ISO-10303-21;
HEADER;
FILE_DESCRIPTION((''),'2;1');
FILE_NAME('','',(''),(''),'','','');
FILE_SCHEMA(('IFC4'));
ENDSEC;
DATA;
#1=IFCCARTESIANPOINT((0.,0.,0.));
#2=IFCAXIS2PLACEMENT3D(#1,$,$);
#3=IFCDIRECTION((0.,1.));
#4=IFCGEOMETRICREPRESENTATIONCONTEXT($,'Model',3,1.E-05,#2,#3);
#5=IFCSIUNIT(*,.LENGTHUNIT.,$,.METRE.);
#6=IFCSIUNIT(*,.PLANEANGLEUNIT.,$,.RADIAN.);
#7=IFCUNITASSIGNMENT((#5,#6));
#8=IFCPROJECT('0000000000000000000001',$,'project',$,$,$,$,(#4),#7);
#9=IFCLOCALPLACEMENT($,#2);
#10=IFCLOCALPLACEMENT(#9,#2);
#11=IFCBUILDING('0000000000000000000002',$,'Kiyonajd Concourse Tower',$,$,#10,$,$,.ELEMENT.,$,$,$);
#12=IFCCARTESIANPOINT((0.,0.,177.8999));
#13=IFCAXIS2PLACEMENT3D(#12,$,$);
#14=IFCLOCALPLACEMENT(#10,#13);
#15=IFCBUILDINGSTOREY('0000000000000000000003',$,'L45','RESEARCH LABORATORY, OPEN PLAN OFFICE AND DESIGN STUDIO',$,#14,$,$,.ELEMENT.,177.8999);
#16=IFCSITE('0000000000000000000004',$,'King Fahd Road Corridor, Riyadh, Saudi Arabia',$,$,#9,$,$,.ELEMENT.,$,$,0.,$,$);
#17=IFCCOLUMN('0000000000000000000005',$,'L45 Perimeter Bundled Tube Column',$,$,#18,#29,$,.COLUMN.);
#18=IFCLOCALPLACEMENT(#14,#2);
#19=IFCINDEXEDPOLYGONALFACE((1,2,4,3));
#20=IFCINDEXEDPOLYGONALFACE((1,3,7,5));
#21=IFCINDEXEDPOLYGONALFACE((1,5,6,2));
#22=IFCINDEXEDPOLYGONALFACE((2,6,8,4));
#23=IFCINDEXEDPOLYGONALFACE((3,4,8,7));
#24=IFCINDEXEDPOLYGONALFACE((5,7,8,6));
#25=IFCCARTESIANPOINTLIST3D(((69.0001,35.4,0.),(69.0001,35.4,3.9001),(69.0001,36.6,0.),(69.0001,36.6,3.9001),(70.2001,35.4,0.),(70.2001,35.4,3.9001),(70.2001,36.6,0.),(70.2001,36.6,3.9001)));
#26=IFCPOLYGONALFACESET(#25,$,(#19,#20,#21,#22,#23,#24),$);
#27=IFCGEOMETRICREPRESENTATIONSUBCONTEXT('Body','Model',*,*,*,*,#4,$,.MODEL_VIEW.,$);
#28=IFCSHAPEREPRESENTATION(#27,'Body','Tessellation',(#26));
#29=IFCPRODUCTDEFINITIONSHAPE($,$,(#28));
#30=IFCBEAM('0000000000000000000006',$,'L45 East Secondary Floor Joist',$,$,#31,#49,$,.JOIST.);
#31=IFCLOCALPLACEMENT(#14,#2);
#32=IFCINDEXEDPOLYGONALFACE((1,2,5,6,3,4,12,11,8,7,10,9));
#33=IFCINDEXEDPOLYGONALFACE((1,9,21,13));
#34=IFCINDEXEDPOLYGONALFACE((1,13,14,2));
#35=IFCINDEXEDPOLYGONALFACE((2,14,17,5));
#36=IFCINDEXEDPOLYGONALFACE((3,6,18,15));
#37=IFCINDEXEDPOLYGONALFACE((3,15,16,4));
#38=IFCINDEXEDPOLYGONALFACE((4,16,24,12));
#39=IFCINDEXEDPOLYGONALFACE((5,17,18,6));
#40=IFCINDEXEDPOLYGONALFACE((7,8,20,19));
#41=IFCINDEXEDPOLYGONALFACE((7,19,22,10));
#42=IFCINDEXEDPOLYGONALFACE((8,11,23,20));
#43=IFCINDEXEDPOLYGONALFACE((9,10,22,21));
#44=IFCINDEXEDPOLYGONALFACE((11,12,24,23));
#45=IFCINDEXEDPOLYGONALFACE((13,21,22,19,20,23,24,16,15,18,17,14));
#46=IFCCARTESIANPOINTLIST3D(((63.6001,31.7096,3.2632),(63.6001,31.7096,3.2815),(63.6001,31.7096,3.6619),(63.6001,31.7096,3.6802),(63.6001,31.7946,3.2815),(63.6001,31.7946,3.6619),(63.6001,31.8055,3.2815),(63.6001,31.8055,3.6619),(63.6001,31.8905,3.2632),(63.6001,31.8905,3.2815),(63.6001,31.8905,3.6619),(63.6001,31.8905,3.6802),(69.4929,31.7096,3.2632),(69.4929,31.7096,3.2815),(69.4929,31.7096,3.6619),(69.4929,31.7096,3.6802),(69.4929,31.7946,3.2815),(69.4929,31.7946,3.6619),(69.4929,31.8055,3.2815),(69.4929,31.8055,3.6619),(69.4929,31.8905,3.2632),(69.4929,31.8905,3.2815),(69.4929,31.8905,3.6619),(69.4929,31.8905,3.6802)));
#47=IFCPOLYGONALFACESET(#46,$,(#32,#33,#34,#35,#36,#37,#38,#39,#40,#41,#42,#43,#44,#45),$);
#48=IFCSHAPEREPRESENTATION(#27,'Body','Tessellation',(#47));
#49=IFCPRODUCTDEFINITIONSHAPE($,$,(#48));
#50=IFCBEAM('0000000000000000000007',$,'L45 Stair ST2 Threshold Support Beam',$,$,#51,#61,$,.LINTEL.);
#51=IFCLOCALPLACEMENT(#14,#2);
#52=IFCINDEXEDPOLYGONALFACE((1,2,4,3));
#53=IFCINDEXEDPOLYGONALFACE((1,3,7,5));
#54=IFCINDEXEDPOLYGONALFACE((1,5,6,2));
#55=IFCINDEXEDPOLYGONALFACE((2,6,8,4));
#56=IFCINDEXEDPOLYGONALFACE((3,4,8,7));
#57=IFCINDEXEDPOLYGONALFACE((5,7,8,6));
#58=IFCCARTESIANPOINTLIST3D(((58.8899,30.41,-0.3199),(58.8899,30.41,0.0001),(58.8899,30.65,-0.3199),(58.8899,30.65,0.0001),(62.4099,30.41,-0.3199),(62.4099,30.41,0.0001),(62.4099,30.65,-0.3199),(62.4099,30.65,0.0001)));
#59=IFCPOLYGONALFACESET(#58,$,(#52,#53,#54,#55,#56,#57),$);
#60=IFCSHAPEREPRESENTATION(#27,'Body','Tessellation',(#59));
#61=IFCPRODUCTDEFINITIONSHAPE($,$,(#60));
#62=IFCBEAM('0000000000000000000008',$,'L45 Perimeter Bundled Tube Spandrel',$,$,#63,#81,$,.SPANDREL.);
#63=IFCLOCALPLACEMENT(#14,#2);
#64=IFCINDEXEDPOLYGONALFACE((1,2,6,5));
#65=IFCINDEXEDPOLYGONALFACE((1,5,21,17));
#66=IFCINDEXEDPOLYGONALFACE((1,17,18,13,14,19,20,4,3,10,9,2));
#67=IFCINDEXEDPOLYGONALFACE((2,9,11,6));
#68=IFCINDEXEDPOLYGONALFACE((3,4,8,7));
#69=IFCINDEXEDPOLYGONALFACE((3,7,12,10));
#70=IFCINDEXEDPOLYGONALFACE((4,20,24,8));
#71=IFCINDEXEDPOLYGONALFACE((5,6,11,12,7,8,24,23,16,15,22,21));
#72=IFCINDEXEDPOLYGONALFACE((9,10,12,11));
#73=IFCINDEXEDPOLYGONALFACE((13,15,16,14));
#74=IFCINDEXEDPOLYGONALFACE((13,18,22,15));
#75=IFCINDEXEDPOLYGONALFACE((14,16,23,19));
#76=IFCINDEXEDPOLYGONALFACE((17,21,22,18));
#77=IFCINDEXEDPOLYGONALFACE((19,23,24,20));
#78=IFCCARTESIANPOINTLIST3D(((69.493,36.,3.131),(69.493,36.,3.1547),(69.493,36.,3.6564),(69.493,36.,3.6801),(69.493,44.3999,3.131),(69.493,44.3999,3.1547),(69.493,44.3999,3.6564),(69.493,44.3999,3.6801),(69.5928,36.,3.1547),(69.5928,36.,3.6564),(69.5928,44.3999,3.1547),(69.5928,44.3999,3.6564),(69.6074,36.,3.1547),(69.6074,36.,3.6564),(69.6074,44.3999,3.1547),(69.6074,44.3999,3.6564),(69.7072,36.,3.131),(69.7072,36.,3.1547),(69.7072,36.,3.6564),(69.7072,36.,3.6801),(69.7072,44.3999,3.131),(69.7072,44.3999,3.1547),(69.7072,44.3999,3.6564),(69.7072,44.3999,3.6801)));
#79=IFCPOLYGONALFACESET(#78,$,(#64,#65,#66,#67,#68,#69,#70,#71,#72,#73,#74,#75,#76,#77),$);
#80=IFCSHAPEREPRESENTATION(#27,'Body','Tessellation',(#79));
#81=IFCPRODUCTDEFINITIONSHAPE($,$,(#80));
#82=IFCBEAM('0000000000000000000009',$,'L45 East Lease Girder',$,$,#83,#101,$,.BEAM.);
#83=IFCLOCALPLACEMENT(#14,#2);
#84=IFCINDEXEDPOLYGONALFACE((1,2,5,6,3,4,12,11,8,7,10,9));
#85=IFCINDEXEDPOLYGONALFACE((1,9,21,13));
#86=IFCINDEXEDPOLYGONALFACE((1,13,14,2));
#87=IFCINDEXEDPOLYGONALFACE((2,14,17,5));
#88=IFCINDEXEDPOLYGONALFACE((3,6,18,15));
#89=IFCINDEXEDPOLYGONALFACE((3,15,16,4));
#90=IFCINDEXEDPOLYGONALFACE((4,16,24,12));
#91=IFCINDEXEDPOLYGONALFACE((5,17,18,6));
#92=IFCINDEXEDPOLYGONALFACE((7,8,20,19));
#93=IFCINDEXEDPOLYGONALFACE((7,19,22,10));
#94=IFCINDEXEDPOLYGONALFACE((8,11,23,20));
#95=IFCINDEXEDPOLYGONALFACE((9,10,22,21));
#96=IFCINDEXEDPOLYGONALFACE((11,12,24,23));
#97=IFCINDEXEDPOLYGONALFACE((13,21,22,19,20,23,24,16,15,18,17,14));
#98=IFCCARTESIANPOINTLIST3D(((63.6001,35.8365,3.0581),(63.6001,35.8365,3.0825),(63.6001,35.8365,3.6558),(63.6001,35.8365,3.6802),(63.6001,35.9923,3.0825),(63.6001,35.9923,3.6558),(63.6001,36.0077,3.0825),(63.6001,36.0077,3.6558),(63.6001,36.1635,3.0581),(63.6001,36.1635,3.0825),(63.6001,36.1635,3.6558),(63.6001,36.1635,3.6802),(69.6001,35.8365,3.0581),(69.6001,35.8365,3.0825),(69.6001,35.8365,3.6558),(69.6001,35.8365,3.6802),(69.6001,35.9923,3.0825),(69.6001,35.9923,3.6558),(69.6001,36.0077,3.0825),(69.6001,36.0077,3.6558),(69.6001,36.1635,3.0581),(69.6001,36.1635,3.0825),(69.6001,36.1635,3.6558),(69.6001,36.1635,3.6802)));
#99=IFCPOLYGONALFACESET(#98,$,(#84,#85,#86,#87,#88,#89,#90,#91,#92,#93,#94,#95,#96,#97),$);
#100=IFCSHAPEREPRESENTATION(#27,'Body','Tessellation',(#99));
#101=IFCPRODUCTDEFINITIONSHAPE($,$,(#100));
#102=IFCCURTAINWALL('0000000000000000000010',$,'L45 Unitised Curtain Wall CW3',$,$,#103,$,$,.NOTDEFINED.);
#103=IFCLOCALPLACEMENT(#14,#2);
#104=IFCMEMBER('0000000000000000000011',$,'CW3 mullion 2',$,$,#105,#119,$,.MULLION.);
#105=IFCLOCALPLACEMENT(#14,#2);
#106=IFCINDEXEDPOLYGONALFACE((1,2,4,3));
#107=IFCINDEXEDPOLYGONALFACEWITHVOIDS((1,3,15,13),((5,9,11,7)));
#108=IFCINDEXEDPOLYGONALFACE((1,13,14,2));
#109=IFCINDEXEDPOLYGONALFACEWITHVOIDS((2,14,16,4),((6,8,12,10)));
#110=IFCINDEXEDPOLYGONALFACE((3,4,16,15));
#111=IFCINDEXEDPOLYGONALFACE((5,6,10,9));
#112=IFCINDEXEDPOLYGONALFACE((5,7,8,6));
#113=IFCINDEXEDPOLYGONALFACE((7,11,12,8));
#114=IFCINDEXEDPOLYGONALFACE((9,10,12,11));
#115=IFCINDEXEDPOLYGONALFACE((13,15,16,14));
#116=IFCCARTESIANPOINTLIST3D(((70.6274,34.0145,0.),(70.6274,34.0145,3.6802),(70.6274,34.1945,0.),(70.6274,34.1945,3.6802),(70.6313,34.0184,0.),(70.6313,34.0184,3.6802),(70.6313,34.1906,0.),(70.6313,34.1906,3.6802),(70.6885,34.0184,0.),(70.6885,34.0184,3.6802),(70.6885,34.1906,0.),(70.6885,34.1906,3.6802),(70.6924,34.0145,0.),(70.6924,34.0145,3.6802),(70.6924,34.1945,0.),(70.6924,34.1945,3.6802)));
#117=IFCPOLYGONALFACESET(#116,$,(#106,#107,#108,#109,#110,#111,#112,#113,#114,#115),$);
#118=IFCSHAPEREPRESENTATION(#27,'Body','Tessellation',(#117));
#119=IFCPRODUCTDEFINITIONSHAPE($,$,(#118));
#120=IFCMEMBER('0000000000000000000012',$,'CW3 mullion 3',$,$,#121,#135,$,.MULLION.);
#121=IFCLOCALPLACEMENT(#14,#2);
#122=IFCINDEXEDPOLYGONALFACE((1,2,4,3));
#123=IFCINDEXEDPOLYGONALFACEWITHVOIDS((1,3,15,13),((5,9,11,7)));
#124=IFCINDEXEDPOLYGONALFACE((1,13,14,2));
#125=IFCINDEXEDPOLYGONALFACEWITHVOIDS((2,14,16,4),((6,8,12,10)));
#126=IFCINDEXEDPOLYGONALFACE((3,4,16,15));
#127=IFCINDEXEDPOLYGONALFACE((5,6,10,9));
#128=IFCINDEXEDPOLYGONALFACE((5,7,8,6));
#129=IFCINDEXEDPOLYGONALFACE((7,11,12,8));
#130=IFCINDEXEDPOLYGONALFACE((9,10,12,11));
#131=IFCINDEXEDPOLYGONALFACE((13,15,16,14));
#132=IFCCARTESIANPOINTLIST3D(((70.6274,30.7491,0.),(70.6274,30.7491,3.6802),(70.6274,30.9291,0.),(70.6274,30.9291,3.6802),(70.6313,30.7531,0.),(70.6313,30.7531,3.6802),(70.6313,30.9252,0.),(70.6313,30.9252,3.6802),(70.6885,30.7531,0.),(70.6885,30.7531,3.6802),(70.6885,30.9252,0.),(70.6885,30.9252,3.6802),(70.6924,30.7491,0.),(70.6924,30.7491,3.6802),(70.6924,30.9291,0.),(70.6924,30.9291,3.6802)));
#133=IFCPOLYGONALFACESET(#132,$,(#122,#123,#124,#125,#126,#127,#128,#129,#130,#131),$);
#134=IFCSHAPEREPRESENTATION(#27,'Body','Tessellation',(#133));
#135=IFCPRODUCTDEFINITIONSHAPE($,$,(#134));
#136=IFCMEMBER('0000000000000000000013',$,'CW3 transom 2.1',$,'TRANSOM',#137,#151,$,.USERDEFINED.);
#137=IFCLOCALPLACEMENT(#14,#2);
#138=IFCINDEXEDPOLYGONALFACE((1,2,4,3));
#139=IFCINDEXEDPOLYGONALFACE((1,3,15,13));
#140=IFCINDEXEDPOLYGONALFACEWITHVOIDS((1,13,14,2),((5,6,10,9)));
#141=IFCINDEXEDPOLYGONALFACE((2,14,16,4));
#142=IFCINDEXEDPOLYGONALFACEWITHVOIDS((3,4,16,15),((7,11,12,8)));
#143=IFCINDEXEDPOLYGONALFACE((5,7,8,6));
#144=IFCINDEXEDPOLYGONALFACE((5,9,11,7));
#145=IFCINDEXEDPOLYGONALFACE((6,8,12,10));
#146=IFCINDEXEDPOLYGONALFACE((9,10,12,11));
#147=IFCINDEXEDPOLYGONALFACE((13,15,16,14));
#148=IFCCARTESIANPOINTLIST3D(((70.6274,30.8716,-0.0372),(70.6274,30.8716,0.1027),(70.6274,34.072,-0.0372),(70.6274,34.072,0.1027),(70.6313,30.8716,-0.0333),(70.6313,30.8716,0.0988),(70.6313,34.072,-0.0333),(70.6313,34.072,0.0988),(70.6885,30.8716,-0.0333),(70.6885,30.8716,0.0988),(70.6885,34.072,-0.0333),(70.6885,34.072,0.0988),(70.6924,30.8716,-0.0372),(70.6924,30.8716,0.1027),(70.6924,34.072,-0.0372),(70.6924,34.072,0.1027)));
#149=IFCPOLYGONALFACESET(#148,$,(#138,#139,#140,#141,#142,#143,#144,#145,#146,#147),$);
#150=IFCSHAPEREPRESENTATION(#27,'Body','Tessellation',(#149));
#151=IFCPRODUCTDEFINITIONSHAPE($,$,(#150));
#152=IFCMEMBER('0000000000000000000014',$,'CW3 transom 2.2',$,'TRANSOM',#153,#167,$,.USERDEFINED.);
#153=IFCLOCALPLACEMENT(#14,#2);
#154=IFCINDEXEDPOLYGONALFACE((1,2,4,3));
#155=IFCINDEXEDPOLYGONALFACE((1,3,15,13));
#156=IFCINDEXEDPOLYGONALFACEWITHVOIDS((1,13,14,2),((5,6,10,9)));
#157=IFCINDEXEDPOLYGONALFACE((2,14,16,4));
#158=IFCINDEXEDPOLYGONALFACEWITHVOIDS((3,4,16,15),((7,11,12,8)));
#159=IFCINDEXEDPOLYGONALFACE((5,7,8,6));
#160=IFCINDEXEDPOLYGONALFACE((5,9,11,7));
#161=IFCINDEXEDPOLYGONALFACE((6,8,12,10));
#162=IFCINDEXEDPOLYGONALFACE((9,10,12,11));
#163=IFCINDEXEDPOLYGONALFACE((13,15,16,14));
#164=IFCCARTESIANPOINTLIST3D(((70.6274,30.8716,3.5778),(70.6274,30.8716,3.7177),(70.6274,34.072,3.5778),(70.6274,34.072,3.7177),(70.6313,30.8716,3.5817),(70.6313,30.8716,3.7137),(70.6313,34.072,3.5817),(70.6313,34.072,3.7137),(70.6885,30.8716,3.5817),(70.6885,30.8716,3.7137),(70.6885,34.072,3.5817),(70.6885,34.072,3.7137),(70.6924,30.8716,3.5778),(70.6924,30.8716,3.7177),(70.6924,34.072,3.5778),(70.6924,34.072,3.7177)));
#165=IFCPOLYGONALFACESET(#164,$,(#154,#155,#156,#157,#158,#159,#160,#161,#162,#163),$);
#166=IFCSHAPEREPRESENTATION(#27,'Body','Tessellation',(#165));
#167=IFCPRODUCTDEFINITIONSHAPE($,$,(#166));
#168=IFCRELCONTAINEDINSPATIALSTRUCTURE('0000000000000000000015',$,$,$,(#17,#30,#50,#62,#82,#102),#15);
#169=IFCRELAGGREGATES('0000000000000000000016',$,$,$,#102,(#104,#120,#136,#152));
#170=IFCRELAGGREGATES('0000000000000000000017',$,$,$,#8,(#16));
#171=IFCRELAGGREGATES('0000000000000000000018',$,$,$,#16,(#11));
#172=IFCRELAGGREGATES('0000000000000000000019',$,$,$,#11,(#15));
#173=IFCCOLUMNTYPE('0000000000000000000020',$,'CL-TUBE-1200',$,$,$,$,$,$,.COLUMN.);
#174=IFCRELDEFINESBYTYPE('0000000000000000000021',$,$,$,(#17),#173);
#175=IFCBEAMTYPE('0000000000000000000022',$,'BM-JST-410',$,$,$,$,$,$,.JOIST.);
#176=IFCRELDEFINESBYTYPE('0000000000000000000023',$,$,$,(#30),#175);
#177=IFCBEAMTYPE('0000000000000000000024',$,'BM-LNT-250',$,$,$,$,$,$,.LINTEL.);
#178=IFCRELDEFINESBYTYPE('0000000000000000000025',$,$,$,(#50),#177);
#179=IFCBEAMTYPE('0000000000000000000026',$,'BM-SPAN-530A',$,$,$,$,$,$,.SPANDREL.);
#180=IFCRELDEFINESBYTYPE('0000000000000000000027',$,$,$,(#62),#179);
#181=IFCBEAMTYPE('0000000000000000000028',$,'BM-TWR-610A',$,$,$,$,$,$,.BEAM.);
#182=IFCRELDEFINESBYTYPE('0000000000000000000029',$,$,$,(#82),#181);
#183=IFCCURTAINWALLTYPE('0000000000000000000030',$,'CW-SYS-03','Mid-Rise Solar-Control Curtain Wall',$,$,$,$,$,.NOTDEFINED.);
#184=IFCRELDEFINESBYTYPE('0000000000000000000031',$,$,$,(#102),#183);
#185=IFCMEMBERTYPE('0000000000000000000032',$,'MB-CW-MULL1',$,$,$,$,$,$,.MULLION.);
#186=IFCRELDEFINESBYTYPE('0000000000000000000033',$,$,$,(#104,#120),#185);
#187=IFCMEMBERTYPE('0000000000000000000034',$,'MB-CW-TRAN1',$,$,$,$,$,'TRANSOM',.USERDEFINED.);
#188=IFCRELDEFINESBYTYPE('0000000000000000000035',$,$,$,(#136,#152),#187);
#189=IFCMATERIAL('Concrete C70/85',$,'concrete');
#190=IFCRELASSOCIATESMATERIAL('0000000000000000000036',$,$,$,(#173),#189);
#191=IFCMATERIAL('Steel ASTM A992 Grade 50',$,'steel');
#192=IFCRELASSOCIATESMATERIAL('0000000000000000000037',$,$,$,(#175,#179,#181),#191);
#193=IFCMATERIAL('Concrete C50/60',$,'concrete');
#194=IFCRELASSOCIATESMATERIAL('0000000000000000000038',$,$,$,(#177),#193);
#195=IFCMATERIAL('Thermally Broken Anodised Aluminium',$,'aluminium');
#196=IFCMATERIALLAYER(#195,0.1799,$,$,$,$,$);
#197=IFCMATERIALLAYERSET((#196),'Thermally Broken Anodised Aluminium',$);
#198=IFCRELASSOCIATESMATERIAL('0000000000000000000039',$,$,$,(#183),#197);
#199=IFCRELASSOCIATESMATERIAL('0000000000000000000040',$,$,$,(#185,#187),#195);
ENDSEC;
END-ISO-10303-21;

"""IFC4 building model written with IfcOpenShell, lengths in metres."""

from ifc_helpers import new_model, si_unit, direction, frame, origin, origin_2d, place, context, subcontext, project, spatial, rectangle, hollow_rectangle, i_section, extrude, material, layer, layer_set, material_profile, profile_set, type_object, element, aggregate, save


model = new_model("IFC4")

# Units and contexts
model_context = context("Model", 3, precision=1e-05, world=origin(), true_north=direction((0.0, 1.0)))
body_context = subcontext(model_context, "Body", "Model", "MODEL_VIEW")
ifc_project = project(units=[si_unit("LENGTHUNIT", "METRE"), si_unit("PLANEANGLEUNIT", "RADIAN")], contexts=[model_context])

# Site, building, storey
site_placement = place(None, origin())
site = spatial("IfcSite", under=ifc_project, at=site_placement, Name="King Fahd Road Corridor, Riyadh, Saudi Arabia", CompositionType="ELEMENT", RefElevation=0.0)
building_placement = place(site_placement, origin())
building = spatial("IfcBuilding", under=site, at=building_placement, Name="Kiyonajd Concourse Tower", CompositionType="ELEMENT")
storey_placement = place(building_placement, frame((0.0, 0.0, 177.8999)))
storey = spatial("IfcBuildingStorey", under=building, at=storey_placement, Name="L45", Description="RESEARCH LABORATORY, OPEN PLAN OFFICE AND DESIGN STUDIO", CompositionType="ELEMENT", Elevation=177.8999)

# Column
ifc_material_1 = material(Name="Concrete C70/85", Category="concrete")
ifc_material_profile_1 = material_profile(ifc_material_1, rectangle(XDim=1.2, YDim=1.2, at=origin_2d()), Name="RC-1200x1200")
ifc_profile_set_1 = profile_set([ifc_material_profile_1], Name="Concrete C70/85")
column_type = type_object("IfcColumnType", Name="CL-TUBE-1200", PredefinedType="COLUMN", material=ifc_profile_set_1)
column_placement = place(storey_placement, frame((69.6001, 36.0, 0.0), z_axis=(0.0, 0.0, 1.0), x_axis=(1.0, 0.0, 0.0)))
element("IfcColumn", 1, at=column_placement, inside=storey, type_object=column_type, Name="L45 Perimeter Bundled Tube Column", PredefinedType="COLUMN", context=body_context, shape_type="SweptSolid", body=[
    extrude(rectangle(XDim=1.2, YDim=1.2, at=origin_2d()), origin(), (0.0, 0.0, 1.0), 3.9001),
])

# Beams
ifc_material_2 = material(Name="Steel ASTM A992 Grade 50", Category="steel")
ifc_material_profile_2 = material_profile(ifc_material_2, i_section(OverallWidth=0.1809, OverallDepth=0.417, WebThickness=0.011, FlangeThickness=0.0183, at=origin_2d()), Name="W410X85")
ifc_profile_set_2 = profile_set([ifc_material_profile_2], Name="Steel ASTM A992 Grade 50")
beam_type_1 = type_object("IfcBeamType", Name="BM-JST-410", PredefinedType="JOIST", material=ifc_profile_set_2)
beam_1_placement = place(storey_placement, frame((63.6001, 31.8, 3.4717), z_axis=(1.0, 0.0, 0.0), x_axis=(0.0, 1.0, 0.0)))
element("IfcBeam", 2, at=beam_1_placement, inside=storey, type_object=beam_type_1, Name="L45 East Secondary Floor Joist", PredefinedType="JOIST", context=body_context, shape_type="SweptSolid", body=[
    extrude(i_section(OverallWidth=0.1809, OverallDepth=0.417, WebThickness=0.011, FlangeThickness=0.0183, at=origin_2d()), origin(), (0.0, 0.0, 1.0), 5.8928),
])
ifc_material_3 = material(Name="Concrete C50/60", Category="concrete")
ifc_material_profile_3 = material_profile(ifc_material_3, rectangle(XDim=0.24, YDim=0.3201, at=origin_2d()), Name="RCBM-240x320")
ifc_profile_set_3 = profile_set([ifc_material_profile_3], Name="Concrete C50/60")
beam_type_2 = type_object("IfcBeamType", Name="BM-LNT-250", PredefinedType="LINTEL", material=ifc_profile_set_3)
beam_2_placement = place(storey_placement, frame((58.8899, 30.53, -0.1599), z_axis=(1.0, 0.0, 0.0), x_axis=(0.0, 1.0, 0.0)))
element("IfcBeam", 3, at=beam_2_placement, inside=storey, type_object=beam_type_2, Name="L45 Stair ST2 Threshold Support Beam", PredefinedType="LINTEL", context=body_context, shape_type="SweptSolid", body=[
    extrude(rectangle(XDim=0.24, YDim=0.3201, at=origin_2d()), origin(), (0.0, 0.0, 1.0), 3.52),
])
ifc_material_profile_4 = material_profile(ifc_material_2, i_section(OverallWidth=0.2141, OverallDepth=0.5491, WebThickness=0.0146, FlangeThickness=0.0237, at=origin_2d()), Name="W530X138")
ifc_profile_set_4 = profile_set([ifc_material_profile_4], Name="Steel ASTM A992 Grade 50")
beam_type_3 = type_object("IfcBeamType", Name="BM-SPAN-530A", PredefinedType="SPANDREL", material=ifc_profile_set_4)
beam_3_placement = place(storey_placement, frame((69.6001, 36.0, 3.4055), z_axis=(0.0, 1.0, 0.0), x_axis=(-1.0, 0.0, 0.0)))
element("IfcBeam", 4, at=beam_3_placement, inside=storey, type_object=beam_type_3, Name="L45 Perimeter Bundled Tube Spandrel", PredefinedType="SPANDREL", context=body_context, shape_type="SweptSolid", body=[
    extrude(i_section(OverallWidth=0.2141, OverallDepth=0.5491, WebThickness=0.0146, FlangeThickness=0.0237, at=origin_2d()), origin(), (0.0, 0.0, 1.0), 8.3999),
])
ifc_material_profile_5 = material_profile(ifc_material_2, i_section(OverallWidth=0.3269, OverallDepth=0.6221, WebThickness=0.0154, FlangeThickness=0.0244, at=origin_2d()), Name="W610X195")
ifc_profile_set_5 = profile_set([ifc_material_profile_5], Name="Steel ASTM A992 Grade 50")
beam_type_4 = type_object("IfcBeamType", Name="BM-TWR-610A", PredefinedType="BEAM", material=ifc_profile_set_5)
beam_4_placement = place(storey_placement, frame((63.6001, 36.0, 3.3691), z_axis=(1.0, 0.0, 0.0), x_axis=(0.0, 1.0, 0.0)))
element("IfcBeam", 5, at=beam_4_placement, inside=storey, type_object=beam_type_4, Name="L45 East Lease Girder", PredefinedType="BEAM", context=body_context, shape_type="SweptSolid", body=[
    extrude(i_section(OverallWidth=0.3269, OverallDepth=0.6221, WebThickness=0.0154, FlangeThickness=0.0244, at=origin_2d()), origin(), (0.0, 0.0, 1.0), 6.0),
])

# Curtain wall, members
ifc_material_4 = material(Name="Thermally Broken Anodised Aluminium", Category="aluminium")
ifc_layer_1 = layer(ifc_material_4, 0.1799)
ifc_layer_set_1 = layer_set([ifc_layer_1], Name="Thermally Broken Anodised Aluminium")
curtain_wall_type = type_object("IfcCurtainWallType", Name="CW-SYS-03", Description="Mid-Rise Solar-Control Curtain Wall", PredefinedType="NOTDEFINED", material=ifc_layer_set_1)
curtain_wall_placement = place(storey_placement, origin())
curtain_wall = element("IfcCurtainWall", 6, at=curtain_wall_placement, inside=storey, type_object=curtain_wall_type, Name="L45 Unitised Curtain Wall CW3", PredefinedType="NOTDEFINED")
ifc_material_profile_6 = material_profile(ifc_material_4, hollow_rectangle(XDim=0.0649, YDim=0.1799, WallThickness=0.0039, at=origin_2d()), Name="MULL-65x180")
ifc_profile_set_6 = profile_set([ifc_material_profile_6], Name="Thermally Broken Anodised Aluminium")
member_type_1 = type_object("IfcMemberType", Name="MB-CW-MULL1", PredefinedType="MULLION", material=ifc_profile_set_6)
member_1_placement = place(storey_placement, frame((70.6599, 34.1045, 0.0), z_axis=(0.0, 0.0, 1.0), x_axis=(1.0, 0.0, 0.0)))
member_1 = element("IfcMember", 7, at=member_1_placement, type_object=member_type_1, Name="CW3 mullion 2", PredefinedType="MULLION", context=body_context, shape_type="SweptSolid", body=[
    extrude(hollow_rectangle(XDim=0.0649, YDim=0.1799, WallThickness=0.0039, at=origin_2d()), origin(), (0.0, 0.0, 1.0), 3.6802),
])
member_2_placement = place(storey_placement, frame((70.6599, 30.8391, 0.0), z_axis=(0.0, 0.0, 1.0), x_axis=(1.0, 0.0, 0.0)))
member_2 = element("IfcMember", 8, at=member_2_placement, type_object=member_type_1, Name="CW3 mullion 3", PredefinedType="MULLION", context=body_context, shape_type="SweptSolid", body=[
    extrude(hollow_rectangle(XDim=0.0649, YDim=0.1799, WallThickness=0.0039, at=origin_2d()), origin(), (0.0, 0.0, 1.0), 3.6802),
])
ifc_material_profile_7 = material_profile(ifc_material_4, hollow_rectangle(XDim=0.0649, YDim=0.1399, WallThickness=0.0039, at=origin_2d()), Name="TRAN-65x140")
ifc_profile_set_7 = profile_set([ifc_material_profile_7], Name="Thermally Broken Anodised Aluminium")
member_type_2 = type_object("IfcMemberType", Name="MB-CW-TRAN1", ElementType="TRANSOM", PredefinedType="USERDEFINED", material=ifc_profile_set_7)
member_3_placement = place(storey_placement, frame((70.6599, 34.072, 0.0327), z_axis=(0.0, -1.0, 0.0), x_axis=(1.0, 0.0, 0.0)))
member_3 = element("IfcMember", 9, at=member_3_placement, type_object=member_type_2, Name="CW3 transom 2.1", ObjectType="TRANSOM", PredefinedType="USERDEFINED", context=body_context, shape_type="SweptSolid", body=[
    extrude(hollow_rectangle(XDim=0.0649, YDim=0.1399, WallThickness=0.0039, at=origin_2d()), origin(), (0.0, 0.0, 1.0), 3.2004),
])
member_4_placement = place(storey_placement, frame((70.6599, 34.072, 3.6477), z_axis=(0.0, -1.0, 0.0), x_axis=(1.0, 0.0, 0.0)))
member_4 = element("IfcMember", 10, at=member_4_placement, type_object=member_type_2, Name="CW3 transom 2.2", ObjectType="TRANSOM", PredefinedType="USERDEFINED", context=body_context, shape_type="SweptSolid", body=[
    extrude(hollow_rectangle(XDim=0.0649, YDim=0.1399, WallThickness=0.0039, at=origin_2d()), origin(), (0.0, 0.0, 1.0), 3.2004),
])
aggregate(curtain_wall, [member_1, member_2, member_3, member_4])

save(model, "model.ifc")
